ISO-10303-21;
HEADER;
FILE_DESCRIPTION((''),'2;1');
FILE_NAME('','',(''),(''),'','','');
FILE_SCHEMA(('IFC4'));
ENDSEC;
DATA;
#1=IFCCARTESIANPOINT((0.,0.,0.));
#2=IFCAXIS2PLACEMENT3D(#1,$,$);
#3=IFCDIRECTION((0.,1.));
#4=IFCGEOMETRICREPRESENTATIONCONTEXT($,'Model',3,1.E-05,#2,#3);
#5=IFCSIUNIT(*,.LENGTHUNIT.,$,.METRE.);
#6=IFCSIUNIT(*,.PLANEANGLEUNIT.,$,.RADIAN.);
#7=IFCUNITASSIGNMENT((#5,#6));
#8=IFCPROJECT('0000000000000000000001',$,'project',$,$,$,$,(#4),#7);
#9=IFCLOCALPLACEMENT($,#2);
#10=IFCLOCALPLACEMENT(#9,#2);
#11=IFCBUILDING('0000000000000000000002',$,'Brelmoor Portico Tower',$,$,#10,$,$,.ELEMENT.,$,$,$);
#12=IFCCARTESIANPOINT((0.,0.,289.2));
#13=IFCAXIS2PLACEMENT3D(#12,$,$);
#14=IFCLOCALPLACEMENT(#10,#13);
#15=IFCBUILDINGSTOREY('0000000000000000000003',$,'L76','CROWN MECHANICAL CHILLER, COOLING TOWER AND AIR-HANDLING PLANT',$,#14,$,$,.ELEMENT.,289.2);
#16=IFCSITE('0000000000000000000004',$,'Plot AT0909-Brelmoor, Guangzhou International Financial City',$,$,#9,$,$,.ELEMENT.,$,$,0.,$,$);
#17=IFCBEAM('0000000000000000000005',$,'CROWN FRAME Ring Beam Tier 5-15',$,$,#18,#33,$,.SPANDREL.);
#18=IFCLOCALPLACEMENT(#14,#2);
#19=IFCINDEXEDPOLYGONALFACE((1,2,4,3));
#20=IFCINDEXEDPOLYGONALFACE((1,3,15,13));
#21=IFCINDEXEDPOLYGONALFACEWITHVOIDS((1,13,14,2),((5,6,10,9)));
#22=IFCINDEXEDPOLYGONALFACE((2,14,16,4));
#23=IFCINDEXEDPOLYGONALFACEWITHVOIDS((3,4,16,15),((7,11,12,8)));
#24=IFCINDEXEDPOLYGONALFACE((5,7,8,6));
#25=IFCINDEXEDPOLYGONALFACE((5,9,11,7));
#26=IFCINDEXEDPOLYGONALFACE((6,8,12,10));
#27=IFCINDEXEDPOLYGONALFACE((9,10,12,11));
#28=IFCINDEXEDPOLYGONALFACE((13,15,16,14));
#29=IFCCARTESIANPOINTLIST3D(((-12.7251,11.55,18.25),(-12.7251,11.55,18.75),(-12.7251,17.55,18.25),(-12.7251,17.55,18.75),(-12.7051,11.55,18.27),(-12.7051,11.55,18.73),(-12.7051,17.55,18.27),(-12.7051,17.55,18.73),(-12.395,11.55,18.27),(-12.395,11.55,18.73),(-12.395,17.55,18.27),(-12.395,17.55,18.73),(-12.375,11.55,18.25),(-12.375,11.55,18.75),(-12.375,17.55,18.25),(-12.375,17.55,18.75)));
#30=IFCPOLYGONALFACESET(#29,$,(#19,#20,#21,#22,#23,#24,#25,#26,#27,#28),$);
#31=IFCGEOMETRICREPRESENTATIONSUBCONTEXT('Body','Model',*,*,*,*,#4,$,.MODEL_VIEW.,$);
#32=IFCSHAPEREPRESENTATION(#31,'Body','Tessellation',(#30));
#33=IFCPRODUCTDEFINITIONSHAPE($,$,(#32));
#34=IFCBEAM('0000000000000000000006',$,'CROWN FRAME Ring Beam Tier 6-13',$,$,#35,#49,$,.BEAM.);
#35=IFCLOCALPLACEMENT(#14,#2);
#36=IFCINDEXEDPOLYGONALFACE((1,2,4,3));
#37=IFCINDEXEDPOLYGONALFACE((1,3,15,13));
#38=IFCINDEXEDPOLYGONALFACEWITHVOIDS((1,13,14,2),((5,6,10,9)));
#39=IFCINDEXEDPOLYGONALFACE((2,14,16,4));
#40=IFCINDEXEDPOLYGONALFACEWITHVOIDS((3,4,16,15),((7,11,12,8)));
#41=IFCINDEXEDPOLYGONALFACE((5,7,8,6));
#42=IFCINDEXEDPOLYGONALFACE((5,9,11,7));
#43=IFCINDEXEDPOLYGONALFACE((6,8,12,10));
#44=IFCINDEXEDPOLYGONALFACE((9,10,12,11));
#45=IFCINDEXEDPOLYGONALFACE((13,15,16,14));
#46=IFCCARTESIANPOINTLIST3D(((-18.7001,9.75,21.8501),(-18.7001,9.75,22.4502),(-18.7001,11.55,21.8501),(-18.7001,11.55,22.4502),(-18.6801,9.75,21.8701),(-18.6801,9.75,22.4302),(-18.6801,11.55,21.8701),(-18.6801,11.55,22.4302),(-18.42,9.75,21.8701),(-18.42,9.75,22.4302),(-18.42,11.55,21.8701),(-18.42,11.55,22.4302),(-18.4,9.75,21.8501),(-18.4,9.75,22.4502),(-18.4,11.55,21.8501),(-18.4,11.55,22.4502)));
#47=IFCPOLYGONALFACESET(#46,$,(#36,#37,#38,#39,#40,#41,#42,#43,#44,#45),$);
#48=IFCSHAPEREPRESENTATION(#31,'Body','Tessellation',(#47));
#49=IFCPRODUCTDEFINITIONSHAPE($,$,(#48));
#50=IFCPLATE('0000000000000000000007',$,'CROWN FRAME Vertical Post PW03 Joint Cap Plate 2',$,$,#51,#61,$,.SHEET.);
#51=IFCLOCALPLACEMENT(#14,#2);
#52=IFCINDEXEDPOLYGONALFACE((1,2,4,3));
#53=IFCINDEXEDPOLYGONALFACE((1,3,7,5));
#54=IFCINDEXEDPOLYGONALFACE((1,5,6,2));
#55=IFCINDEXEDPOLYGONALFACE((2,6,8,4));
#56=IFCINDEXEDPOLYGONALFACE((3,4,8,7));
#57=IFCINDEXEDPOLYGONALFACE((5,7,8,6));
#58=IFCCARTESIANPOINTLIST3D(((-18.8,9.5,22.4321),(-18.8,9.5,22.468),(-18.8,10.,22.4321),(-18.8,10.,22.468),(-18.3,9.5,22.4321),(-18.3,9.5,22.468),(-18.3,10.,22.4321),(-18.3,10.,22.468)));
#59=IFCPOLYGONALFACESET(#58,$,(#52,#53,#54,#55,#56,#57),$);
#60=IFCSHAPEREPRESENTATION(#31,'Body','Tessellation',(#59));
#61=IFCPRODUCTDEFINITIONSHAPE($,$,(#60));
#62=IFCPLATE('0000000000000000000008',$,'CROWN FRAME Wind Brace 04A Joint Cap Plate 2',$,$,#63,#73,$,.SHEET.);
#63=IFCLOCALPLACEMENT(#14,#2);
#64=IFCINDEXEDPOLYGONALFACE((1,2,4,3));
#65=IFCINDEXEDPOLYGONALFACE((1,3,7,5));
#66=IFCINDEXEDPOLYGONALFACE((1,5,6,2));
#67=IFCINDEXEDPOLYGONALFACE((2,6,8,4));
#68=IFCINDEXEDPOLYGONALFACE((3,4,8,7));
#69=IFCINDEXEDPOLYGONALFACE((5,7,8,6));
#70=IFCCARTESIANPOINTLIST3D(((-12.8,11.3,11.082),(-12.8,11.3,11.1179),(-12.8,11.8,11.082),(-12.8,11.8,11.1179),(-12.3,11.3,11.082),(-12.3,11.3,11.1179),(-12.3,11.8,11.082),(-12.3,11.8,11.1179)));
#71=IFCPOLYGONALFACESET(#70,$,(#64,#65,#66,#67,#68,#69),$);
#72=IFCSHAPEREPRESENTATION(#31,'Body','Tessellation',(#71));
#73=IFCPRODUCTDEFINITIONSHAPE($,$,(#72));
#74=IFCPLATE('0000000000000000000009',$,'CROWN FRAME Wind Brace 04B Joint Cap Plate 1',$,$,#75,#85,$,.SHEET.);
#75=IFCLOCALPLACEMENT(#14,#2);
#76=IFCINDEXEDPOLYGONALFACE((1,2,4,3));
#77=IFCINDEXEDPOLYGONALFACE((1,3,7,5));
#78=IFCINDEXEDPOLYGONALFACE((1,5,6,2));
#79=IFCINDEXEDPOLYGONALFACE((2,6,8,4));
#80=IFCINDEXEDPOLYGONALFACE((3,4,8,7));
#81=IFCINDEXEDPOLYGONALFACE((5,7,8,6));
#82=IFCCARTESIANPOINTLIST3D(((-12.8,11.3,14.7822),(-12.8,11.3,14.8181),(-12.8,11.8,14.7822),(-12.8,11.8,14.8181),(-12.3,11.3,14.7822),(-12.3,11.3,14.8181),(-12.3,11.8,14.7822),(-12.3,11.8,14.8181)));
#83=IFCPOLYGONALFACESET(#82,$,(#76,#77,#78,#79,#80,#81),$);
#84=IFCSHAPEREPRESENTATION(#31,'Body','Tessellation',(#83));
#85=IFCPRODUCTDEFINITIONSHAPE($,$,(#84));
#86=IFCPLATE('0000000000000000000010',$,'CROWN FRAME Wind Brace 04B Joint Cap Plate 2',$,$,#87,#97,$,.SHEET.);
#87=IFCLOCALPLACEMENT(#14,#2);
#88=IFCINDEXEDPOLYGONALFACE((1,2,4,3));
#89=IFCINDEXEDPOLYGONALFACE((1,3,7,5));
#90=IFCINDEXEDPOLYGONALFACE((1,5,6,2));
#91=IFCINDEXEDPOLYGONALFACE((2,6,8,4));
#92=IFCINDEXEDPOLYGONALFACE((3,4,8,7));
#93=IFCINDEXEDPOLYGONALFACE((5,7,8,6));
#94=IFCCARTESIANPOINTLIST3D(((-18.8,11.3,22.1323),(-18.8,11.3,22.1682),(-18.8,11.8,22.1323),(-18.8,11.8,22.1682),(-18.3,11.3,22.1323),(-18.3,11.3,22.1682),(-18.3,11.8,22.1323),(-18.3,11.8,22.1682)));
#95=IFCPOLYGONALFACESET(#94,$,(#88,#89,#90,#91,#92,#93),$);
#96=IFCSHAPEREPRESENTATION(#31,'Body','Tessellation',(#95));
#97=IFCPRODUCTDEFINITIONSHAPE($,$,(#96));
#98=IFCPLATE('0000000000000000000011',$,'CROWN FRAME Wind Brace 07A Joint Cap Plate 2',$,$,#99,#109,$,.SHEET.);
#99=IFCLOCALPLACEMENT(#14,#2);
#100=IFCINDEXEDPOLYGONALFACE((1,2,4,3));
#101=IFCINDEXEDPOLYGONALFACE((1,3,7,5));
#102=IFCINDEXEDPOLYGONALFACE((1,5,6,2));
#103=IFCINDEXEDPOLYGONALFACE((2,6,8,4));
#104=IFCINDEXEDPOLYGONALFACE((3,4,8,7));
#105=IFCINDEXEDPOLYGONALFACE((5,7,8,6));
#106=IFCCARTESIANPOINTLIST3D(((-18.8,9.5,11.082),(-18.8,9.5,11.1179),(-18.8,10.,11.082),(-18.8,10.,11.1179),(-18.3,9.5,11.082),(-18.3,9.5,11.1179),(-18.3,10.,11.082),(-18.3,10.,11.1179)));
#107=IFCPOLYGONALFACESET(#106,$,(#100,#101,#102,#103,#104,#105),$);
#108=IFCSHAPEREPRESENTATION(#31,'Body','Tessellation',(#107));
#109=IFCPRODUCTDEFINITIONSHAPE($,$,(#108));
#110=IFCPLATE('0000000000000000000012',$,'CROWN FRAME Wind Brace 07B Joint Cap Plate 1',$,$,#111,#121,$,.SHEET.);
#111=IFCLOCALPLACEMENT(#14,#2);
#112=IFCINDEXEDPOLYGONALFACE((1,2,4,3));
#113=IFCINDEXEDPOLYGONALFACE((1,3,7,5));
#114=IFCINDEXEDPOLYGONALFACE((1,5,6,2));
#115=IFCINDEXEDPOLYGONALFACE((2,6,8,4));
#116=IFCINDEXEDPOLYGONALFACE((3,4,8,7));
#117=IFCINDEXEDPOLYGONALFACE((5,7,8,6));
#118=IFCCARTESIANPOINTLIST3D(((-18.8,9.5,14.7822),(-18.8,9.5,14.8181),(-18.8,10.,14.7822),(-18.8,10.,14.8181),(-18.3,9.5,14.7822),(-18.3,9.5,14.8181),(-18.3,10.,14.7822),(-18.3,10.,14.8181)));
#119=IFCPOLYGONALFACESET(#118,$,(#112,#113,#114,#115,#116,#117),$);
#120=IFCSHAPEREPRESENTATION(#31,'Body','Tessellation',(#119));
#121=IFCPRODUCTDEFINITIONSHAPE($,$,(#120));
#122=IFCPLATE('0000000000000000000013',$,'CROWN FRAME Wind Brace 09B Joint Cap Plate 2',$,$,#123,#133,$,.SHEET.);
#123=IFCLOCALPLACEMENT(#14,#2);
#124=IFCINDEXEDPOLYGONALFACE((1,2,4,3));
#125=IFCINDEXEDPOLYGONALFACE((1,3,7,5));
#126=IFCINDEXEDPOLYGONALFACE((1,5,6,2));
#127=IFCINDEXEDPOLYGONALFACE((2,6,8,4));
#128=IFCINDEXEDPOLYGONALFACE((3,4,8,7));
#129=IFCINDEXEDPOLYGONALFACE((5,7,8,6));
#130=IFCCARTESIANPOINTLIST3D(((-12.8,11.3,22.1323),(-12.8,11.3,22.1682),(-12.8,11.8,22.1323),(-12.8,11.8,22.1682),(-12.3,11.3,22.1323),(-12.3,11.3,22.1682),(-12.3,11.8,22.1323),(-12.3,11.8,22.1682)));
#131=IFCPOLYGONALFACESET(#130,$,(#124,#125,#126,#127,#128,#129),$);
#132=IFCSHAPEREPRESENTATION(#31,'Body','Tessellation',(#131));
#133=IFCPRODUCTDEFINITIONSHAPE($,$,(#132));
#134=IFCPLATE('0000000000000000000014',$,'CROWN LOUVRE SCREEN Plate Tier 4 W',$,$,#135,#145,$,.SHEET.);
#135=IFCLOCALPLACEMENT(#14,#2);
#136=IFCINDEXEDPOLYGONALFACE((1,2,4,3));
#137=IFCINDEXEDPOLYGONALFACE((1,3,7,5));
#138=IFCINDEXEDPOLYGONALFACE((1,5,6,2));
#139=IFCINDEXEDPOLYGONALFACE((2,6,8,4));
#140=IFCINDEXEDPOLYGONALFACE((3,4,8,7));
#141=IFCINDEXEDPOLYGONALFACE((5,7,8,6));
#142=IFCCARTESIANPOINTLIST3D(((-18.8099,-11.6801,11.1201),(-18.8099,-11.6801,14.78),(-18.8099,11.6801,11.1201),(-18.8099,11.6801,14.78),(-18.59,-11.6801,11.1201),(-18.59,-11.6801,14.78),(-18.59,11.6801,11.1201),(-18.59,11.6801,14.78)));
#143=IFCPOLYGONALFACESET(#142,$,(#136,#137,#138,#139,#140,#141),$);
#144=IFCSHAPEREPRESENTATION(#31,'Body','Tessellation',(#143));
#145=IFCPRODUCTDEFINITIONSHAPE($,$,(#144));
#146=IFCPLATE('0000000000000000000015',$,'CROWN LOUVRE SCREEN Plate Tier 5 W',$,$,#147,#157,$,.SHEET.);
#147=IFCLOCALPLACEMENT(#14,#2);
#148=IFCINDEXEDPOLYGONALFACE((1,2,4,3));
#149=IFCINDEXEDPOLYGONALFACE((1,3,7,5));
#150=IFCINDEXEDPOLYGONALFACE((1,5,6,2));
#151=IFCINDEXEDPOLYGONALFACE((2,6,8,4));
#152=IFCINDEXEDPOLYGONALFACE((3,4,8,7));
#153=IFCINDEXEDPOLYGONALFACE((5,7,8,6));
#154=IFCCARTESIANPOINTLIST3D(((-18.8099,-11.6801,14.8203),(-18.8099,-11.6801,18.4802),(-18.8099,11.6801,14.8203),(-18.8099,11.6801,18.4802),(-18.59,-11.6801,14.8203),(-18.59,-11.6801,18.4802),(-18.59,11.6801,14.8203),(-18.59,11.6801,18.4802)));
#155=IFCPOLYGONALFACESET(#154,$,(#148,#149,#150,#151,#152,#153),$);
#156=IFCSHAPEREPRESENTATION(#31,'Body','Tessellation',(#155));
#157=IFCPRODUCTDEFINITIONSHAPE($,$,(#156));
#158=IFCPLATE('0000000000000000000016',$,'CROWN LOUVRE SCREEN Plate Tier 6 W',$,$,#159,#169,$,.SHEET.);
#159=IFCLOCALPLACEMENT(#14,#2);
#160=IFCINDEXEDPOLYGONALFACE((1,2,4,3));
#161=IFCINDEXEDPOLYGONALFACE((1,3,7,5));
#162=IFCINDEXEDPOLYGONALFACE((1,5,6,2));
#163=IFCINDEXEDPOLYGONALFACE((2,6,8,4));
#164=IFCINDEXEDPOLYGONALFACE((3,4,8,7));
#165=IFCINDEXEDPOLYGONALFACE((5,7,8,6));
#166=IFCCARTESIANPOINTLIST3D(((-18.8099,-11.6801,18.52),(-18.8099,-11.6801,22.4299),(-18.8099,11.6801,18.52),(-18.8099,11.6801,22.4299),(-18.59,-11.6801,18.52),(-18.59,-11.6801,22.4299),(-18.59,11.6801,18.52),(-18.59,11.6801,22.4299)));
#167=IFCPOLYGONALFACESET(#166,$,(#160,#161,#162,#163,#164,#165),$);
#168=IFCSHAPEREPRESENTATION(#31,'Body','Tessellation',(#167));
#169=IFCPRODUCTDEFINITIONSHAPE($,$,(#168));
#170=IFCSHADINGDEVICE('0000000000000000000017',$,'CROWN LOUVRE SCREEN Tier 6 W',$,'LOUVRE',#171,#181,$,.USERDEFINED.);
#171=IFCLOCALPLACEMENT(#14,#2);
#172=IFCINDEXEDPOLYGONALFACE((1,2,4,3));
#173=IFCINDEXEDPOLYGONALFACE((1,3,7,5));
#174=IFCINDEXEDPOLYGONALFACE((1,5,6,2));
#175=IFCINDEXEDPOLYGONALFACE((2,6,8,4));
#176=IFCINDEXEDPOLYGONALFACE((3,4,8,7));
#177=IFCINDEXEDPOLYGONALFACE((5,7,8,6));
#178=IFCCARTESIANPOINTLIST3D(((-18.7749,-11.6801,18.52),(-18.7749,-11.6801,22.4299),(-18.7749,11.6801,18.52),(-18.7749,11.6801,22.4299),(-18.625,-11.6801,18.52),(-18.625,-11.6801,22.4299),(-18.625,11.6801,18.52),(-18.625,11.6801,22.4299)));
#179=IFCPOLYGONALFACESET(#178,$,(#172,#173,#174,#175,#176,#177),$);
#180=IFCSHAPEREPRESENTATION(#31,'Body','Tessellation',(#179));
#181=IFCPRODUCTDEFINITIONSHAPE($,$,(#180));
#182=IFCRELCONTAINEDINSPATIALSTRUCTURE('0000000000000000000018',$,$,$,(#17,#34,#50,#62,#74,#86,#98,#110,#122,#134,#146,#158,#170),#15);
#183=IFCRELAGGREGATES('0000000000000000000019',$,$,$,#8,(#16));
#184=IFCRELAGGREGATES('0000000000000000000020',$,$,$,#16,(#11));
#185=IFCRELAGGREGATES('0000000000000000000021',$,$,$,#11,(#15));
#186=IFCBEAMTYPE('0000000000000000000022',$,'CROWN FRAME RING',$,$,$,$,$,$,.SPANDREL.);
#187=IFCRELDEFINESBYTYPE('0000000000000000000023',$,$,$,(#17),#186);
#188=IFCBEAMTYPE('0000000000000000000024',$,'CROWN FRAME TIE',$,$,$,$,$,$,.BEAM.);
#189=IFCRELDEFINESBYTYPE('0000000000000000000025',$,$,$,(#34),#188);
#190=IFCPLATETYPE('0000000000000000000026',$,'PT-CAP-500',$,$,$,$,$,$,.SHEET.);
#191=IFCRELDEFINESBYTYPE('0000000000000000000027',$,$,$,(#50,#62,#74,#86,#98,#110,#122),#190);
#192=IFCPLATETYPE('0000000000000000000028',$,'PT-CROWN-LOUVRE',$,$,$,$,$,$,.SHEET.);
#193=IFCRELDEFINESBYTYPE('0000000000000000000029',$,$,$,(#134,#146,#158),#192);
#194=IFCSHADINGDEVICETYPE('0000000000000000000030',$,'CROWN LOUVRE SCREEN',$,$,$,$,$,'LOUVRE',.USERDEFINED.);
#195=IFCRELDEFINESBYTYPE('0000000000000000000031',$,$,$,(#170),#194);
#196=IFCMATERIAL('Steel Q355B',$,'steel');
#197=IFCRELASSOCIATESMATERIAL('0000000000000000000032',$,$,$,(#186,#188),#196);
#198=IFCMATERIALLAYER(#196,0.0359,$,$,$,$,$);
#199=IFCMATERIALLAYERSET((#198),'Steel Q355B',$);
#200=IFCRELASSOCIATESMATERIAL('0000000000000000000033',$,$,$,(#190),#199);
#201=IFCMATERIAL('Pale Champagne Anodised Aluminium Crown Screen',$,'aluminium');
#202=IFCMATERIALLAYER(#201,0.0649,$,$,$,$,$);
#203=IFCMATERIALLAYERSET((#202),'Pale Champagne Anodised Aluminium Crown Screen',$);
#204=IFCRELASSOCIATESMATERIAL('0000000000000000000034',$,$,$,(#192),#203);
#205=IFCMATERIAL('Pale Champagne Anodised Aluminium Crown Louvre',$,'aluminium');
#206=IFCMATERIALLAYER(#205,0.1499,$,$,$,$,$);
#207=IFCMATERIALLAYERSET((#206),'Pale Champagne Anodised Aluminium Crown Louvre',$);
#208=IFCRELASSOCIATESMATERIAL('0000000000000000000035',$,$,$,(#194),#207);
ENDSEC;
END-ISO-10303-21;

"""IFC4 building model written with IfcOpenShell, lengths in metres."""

from ifc_helpers import new_model, si_unit, direction, frame, origin, origin_2d, place, context, subcontext, project, spatial, rectangle, hollow_rectangle, extrude, material, layer, layer_set, material_profile, profile_set, type_object, element, save


model = new_model("IFC4")

# Units and contexts
model_context = context("Model", 3, precision=1e-05, world=origin(), true_north=direction((0.0, 1.0)))
body_context = subcontext(model_context, "Body", "Model", "MODEL_VIEW")
ifc_project = project(units=[si_unit("LENGTHUNIT", "METRE"), si_unit("PLANEANGLEUNIT", "RADIAN")], contexts=[model_context])

# Site, building, storey
site_placement = place(None, origin())
site = spatial("IfcSite", under=ifc_project, at=site_placement, Name="Plot AT0909-Brelmoor, Guangzhou International Financial City", CompositionType="ELEMENT", RefElevation=0.0)
building_placement = place(site_placement, origin())
building = spatial("IfcBuilding", under=site, at=building_placement, Name="Brelmoor Portico Tower", CompositionType="ELEMENT")
storey_placement = place(building_placement, frame((0.0, 0.0, 289.2)))
storey = spatial("IfcBuildingStorey", under=building, at=storey_placement, Name="L76", Description="CROWN MECHANICAL CHILLER, COOLING TOWER AND AIR-HANDLING PLANT", CompositionType="ELEMENT", Elevation=289.2)

# Shared definitions
ifc_material_1 = material(Name="Steel Q355B", Category="steel")

# Beams
ifc_material_profile_1 = material_profile(ifc_material_1, hollow_rectangle(XDim=0.3501, YDim=0.5, WallThickness=0.02, at=origin_2d()), Name="RHS 350x500x20")
ifc_profile_set_1 = profile_set([ifc_material_profile_1], Name="Steel Q355B")
beam_type_1 = type_object("IfcBeamType", Name="CROWN FRAME RING", PredefinedType="SPANDREL", material=ifc_profile_set_1)
beam_1_placement = place(storey_placement, frame((-12.55, 11.55, 18.5), z_axis=(0.0, 1.0, 0.0), x_axis=(-1.0, 0.0, 0.0)))
element("IfcBeam", 1, at=beam_1_placement, inside=storey, type_object=beam_type_1, Name="CROWN FRAME Ring Beam Tier 5-15", PredefinedType="SPANDREL", context=body_context, shape_type="SweptSolid", body=[
    extrude(hollow_rectangle(XDim=0.3501, YDim=0.5, WallThickness=0.02, at=origin_2d()), origin(), (0.0, 0.0, 1.0), 6.0),
])
ifc_material_profile_2 = material_profile(ifc_material_1, hollow_rectangle(XDim=0.3, YDim=0.6001, WallThickness=0.02, at=origin_2d()), Name="RHS 300x600x20")
ifc_profile_set_2 = profile_set([ifc_material_profile_2], Name="Steel Q355B")
beam_type_2 = type_object("IfcBeamType", Name="CROWN FRAME TIE", PredefinedType="BEAM", material=ifc_profile_set_2)
beam_2_placement = place(storey_placement, frame((-18.55, 9.75, 22.1501), z_axis=(0.0, 1.0, 0.0), x_axis=(-1.0, 0.0, 0.0)))
element("IfcBeam", 2, at=beam_2_placement, inside=storey, type_object=beam_type_2, Name="CROWN FRAME Ring Beam Tier 6-13", PredefinedType="BEAM", context=body_context, shape_type="SweptSolid", body=[
    extrude(hollow_rectangle(XDim=0.3, YDim=0.6001, WallThickness=0.02, at=origin_2d()), origin(), (0.0, 0.0, 1.0), 1.8),
])

# Plates
ifc_layer_1 = layer(ifc_material_1, 0.0359)
ifc_layer_set_1 = layer_set([ifc_layer_1], Name="Steel Q355B")
plate_type_1 = type_object("IfcPlateType", Name="PT-CAP-500", PredefinedType="SHEET", material=ifc_layer_set_1)
for number, where, z_axis, x_axis, name in (
    (3, (-18.55, 9.75, 22.4321), (0.0, 0.0, 1.0), (1.0, 0.0, 0.0), "CROWN FRAME Vertical Post PW03 Joint Cap Plate 2"),
    (4, (-12.55, 11.55, 11.082), (0.0, 0.0, 1.0), (1.0, 0.0, 0.0), "CROWN FRAME Wind Brace 04A Joint Cap Plate 2"),
    (5, (-12.55, 11.55, 14.7822), (0.0, 0.0, 1.0), (1.0, 0.0, 0.0), "CROWN FRAME Wind Brace 04B Joint Cap Plate 1"),
    (6, (-18.55, 11.55, 22.1323), (0.0, 0.0, 1.0), (1.0, 0.0, 0.0), "CROWN FRAME Wind Brace 04B Joint Cap Plate 2"),
    (7, (-18.55, 9.75, 11.082), (0.0, 0.0, 1.0), (1.0, 0.0, 0.0), "CROWN FRAME Wind Brace 07A Joint Cap Plate 2"),
    (8, (-18.55, 9.75, 14.7822), (0.0, 0.0, 1.0), (1.0, 0.0, 0.0), "CROWN FRAME Wind Brace 07B Joint Cap Plate 1"),
    (9, (-12.55, 11.55, 22.1323), (0.0, 0.0, 1.0), (1.0, 0.0, 0.0), "CROWN FRAME Wind Brace 09B Joint Cap Plate 2"),
):
    element("IfcPlate", number, at=place(storey_placement, frame(where, z_axis=z_axis, x_axis=x_axis)), inside=storey, type_object=plate_type_1, Name=name, PredefinedType="SHEET", context=body_context, shape_type="SweptSolid", body=[
        extrude(rectangle(XDim=0.5, YDim=0.5, at=origin_2d()), origin(), (0.0, 0.0, 1.0), 0.0359),
    ])
ifc_material_2 = material(Name="Pale Champagne Anodised Aluminium Crown Screen", Category="aluminium")
ifc_layer_2 = layer(ifc_material_2, 0.0649)
ifc_layer_set_2 = layer_set([ifc_layer_2], Name="Pale Champagne Anodised Aluminium Crown Screen")
plate_type_2 = type_object("IfcPlateType", Name="PT-CROWN-LOUVRE", PredefinedType="SHEET", material=ifc_layer_set_2)
for number, where, z_axis, x_axis, name in (
    (10, (-18.7, 0.0, 11.1201), (0.0, 0.0, 1.0), (0.0, 1.0, 0.0), "CROWN LOUVRE SCREEN Plate Tier 4 W"),
    (11, (-18.7, 0.0, 14.8203), (0.0, 0.0, 1.0), (0.0, 1.0, 0.0), "CROWN LOUVRE SCREEN Plate Tier 5 W"),
):
    element("IfcPlate", number, at=place(storey_placement, frame(where, z_axis=z_axis, x_axis=x_axis)), inside=storey, type_object=plate_type_2, Name=name, PredefinedType="SHEET", context=body_context, shape_type="SweptSolid", body=[
        extrude(rectangle(XDim=23.3601, YDim=0.22, at=origin_2d()), origin(), (0.0, 0.0, 1.0), 3.6599),
    ])
plate_placement = place(storey_placement, frame((-18.7, 0.0, 18.52), z_axis=(0.0, 0.0, 1.0), x_axis=(0.0, 1.0, 0.0)))
element("IfcPlate", 12, at=plate_placement, inside=storey, type_object=plate_type_2, Name="CROWN LOUVRE SCREEN Plate Tier 6 W", PredefinedType="SHEET", context=body_context, shape_type="SweptSolid", body=[
    extrude(rectangle(XDim=23.3601, YDim=0.22, at=origin_2d()), origin(), (0.0, 0.0, 1.0), 3.9099),
])

# Shading device
ifc_material_3 = material(Name="Pale Champagne Anodised Aluminium Crown Louvre", Category="aluminium")
ifc_layer_3 = layer(ifc_material_3, 0.1499)
ifc_layer_set_3 = layer_set([ifc_layer_3], Name="Pale Champagne Anodised Aluminium Crown Louvre")
shading_device_type = type_object("IfcShadingDeviceType", Name="CROWN LOUVRE SCREEN", ElementType="LOUVRE", PredefinedType="USERDEFINED", material=ifc_layer_set_3)
shading_device_placement = place(storey_placement, frame((-18.7, 0.0, 18.52), z_axis=(0.0, 0.0, 1.0), x_axis=(0.0, 1.0, 0.0)))
element("IfcShadingDevice", 13, at=shading_device_placement, inside=storey, type_object=shading_device_type, Name="CROWN LOUVRE SCREEN Tier 6 W", ObjectType="LOUVRE", PredefinedType="USERDEFINED", context=body_context, shape_type="SweptSolid", body=[
    extrude(rectangle(XDim=23.3601, YDim=0.1499, at=origin_2d()), origin(), (0.0, 0.0, 1.0), 3.9099),
])

save(model, "model.ifc")
